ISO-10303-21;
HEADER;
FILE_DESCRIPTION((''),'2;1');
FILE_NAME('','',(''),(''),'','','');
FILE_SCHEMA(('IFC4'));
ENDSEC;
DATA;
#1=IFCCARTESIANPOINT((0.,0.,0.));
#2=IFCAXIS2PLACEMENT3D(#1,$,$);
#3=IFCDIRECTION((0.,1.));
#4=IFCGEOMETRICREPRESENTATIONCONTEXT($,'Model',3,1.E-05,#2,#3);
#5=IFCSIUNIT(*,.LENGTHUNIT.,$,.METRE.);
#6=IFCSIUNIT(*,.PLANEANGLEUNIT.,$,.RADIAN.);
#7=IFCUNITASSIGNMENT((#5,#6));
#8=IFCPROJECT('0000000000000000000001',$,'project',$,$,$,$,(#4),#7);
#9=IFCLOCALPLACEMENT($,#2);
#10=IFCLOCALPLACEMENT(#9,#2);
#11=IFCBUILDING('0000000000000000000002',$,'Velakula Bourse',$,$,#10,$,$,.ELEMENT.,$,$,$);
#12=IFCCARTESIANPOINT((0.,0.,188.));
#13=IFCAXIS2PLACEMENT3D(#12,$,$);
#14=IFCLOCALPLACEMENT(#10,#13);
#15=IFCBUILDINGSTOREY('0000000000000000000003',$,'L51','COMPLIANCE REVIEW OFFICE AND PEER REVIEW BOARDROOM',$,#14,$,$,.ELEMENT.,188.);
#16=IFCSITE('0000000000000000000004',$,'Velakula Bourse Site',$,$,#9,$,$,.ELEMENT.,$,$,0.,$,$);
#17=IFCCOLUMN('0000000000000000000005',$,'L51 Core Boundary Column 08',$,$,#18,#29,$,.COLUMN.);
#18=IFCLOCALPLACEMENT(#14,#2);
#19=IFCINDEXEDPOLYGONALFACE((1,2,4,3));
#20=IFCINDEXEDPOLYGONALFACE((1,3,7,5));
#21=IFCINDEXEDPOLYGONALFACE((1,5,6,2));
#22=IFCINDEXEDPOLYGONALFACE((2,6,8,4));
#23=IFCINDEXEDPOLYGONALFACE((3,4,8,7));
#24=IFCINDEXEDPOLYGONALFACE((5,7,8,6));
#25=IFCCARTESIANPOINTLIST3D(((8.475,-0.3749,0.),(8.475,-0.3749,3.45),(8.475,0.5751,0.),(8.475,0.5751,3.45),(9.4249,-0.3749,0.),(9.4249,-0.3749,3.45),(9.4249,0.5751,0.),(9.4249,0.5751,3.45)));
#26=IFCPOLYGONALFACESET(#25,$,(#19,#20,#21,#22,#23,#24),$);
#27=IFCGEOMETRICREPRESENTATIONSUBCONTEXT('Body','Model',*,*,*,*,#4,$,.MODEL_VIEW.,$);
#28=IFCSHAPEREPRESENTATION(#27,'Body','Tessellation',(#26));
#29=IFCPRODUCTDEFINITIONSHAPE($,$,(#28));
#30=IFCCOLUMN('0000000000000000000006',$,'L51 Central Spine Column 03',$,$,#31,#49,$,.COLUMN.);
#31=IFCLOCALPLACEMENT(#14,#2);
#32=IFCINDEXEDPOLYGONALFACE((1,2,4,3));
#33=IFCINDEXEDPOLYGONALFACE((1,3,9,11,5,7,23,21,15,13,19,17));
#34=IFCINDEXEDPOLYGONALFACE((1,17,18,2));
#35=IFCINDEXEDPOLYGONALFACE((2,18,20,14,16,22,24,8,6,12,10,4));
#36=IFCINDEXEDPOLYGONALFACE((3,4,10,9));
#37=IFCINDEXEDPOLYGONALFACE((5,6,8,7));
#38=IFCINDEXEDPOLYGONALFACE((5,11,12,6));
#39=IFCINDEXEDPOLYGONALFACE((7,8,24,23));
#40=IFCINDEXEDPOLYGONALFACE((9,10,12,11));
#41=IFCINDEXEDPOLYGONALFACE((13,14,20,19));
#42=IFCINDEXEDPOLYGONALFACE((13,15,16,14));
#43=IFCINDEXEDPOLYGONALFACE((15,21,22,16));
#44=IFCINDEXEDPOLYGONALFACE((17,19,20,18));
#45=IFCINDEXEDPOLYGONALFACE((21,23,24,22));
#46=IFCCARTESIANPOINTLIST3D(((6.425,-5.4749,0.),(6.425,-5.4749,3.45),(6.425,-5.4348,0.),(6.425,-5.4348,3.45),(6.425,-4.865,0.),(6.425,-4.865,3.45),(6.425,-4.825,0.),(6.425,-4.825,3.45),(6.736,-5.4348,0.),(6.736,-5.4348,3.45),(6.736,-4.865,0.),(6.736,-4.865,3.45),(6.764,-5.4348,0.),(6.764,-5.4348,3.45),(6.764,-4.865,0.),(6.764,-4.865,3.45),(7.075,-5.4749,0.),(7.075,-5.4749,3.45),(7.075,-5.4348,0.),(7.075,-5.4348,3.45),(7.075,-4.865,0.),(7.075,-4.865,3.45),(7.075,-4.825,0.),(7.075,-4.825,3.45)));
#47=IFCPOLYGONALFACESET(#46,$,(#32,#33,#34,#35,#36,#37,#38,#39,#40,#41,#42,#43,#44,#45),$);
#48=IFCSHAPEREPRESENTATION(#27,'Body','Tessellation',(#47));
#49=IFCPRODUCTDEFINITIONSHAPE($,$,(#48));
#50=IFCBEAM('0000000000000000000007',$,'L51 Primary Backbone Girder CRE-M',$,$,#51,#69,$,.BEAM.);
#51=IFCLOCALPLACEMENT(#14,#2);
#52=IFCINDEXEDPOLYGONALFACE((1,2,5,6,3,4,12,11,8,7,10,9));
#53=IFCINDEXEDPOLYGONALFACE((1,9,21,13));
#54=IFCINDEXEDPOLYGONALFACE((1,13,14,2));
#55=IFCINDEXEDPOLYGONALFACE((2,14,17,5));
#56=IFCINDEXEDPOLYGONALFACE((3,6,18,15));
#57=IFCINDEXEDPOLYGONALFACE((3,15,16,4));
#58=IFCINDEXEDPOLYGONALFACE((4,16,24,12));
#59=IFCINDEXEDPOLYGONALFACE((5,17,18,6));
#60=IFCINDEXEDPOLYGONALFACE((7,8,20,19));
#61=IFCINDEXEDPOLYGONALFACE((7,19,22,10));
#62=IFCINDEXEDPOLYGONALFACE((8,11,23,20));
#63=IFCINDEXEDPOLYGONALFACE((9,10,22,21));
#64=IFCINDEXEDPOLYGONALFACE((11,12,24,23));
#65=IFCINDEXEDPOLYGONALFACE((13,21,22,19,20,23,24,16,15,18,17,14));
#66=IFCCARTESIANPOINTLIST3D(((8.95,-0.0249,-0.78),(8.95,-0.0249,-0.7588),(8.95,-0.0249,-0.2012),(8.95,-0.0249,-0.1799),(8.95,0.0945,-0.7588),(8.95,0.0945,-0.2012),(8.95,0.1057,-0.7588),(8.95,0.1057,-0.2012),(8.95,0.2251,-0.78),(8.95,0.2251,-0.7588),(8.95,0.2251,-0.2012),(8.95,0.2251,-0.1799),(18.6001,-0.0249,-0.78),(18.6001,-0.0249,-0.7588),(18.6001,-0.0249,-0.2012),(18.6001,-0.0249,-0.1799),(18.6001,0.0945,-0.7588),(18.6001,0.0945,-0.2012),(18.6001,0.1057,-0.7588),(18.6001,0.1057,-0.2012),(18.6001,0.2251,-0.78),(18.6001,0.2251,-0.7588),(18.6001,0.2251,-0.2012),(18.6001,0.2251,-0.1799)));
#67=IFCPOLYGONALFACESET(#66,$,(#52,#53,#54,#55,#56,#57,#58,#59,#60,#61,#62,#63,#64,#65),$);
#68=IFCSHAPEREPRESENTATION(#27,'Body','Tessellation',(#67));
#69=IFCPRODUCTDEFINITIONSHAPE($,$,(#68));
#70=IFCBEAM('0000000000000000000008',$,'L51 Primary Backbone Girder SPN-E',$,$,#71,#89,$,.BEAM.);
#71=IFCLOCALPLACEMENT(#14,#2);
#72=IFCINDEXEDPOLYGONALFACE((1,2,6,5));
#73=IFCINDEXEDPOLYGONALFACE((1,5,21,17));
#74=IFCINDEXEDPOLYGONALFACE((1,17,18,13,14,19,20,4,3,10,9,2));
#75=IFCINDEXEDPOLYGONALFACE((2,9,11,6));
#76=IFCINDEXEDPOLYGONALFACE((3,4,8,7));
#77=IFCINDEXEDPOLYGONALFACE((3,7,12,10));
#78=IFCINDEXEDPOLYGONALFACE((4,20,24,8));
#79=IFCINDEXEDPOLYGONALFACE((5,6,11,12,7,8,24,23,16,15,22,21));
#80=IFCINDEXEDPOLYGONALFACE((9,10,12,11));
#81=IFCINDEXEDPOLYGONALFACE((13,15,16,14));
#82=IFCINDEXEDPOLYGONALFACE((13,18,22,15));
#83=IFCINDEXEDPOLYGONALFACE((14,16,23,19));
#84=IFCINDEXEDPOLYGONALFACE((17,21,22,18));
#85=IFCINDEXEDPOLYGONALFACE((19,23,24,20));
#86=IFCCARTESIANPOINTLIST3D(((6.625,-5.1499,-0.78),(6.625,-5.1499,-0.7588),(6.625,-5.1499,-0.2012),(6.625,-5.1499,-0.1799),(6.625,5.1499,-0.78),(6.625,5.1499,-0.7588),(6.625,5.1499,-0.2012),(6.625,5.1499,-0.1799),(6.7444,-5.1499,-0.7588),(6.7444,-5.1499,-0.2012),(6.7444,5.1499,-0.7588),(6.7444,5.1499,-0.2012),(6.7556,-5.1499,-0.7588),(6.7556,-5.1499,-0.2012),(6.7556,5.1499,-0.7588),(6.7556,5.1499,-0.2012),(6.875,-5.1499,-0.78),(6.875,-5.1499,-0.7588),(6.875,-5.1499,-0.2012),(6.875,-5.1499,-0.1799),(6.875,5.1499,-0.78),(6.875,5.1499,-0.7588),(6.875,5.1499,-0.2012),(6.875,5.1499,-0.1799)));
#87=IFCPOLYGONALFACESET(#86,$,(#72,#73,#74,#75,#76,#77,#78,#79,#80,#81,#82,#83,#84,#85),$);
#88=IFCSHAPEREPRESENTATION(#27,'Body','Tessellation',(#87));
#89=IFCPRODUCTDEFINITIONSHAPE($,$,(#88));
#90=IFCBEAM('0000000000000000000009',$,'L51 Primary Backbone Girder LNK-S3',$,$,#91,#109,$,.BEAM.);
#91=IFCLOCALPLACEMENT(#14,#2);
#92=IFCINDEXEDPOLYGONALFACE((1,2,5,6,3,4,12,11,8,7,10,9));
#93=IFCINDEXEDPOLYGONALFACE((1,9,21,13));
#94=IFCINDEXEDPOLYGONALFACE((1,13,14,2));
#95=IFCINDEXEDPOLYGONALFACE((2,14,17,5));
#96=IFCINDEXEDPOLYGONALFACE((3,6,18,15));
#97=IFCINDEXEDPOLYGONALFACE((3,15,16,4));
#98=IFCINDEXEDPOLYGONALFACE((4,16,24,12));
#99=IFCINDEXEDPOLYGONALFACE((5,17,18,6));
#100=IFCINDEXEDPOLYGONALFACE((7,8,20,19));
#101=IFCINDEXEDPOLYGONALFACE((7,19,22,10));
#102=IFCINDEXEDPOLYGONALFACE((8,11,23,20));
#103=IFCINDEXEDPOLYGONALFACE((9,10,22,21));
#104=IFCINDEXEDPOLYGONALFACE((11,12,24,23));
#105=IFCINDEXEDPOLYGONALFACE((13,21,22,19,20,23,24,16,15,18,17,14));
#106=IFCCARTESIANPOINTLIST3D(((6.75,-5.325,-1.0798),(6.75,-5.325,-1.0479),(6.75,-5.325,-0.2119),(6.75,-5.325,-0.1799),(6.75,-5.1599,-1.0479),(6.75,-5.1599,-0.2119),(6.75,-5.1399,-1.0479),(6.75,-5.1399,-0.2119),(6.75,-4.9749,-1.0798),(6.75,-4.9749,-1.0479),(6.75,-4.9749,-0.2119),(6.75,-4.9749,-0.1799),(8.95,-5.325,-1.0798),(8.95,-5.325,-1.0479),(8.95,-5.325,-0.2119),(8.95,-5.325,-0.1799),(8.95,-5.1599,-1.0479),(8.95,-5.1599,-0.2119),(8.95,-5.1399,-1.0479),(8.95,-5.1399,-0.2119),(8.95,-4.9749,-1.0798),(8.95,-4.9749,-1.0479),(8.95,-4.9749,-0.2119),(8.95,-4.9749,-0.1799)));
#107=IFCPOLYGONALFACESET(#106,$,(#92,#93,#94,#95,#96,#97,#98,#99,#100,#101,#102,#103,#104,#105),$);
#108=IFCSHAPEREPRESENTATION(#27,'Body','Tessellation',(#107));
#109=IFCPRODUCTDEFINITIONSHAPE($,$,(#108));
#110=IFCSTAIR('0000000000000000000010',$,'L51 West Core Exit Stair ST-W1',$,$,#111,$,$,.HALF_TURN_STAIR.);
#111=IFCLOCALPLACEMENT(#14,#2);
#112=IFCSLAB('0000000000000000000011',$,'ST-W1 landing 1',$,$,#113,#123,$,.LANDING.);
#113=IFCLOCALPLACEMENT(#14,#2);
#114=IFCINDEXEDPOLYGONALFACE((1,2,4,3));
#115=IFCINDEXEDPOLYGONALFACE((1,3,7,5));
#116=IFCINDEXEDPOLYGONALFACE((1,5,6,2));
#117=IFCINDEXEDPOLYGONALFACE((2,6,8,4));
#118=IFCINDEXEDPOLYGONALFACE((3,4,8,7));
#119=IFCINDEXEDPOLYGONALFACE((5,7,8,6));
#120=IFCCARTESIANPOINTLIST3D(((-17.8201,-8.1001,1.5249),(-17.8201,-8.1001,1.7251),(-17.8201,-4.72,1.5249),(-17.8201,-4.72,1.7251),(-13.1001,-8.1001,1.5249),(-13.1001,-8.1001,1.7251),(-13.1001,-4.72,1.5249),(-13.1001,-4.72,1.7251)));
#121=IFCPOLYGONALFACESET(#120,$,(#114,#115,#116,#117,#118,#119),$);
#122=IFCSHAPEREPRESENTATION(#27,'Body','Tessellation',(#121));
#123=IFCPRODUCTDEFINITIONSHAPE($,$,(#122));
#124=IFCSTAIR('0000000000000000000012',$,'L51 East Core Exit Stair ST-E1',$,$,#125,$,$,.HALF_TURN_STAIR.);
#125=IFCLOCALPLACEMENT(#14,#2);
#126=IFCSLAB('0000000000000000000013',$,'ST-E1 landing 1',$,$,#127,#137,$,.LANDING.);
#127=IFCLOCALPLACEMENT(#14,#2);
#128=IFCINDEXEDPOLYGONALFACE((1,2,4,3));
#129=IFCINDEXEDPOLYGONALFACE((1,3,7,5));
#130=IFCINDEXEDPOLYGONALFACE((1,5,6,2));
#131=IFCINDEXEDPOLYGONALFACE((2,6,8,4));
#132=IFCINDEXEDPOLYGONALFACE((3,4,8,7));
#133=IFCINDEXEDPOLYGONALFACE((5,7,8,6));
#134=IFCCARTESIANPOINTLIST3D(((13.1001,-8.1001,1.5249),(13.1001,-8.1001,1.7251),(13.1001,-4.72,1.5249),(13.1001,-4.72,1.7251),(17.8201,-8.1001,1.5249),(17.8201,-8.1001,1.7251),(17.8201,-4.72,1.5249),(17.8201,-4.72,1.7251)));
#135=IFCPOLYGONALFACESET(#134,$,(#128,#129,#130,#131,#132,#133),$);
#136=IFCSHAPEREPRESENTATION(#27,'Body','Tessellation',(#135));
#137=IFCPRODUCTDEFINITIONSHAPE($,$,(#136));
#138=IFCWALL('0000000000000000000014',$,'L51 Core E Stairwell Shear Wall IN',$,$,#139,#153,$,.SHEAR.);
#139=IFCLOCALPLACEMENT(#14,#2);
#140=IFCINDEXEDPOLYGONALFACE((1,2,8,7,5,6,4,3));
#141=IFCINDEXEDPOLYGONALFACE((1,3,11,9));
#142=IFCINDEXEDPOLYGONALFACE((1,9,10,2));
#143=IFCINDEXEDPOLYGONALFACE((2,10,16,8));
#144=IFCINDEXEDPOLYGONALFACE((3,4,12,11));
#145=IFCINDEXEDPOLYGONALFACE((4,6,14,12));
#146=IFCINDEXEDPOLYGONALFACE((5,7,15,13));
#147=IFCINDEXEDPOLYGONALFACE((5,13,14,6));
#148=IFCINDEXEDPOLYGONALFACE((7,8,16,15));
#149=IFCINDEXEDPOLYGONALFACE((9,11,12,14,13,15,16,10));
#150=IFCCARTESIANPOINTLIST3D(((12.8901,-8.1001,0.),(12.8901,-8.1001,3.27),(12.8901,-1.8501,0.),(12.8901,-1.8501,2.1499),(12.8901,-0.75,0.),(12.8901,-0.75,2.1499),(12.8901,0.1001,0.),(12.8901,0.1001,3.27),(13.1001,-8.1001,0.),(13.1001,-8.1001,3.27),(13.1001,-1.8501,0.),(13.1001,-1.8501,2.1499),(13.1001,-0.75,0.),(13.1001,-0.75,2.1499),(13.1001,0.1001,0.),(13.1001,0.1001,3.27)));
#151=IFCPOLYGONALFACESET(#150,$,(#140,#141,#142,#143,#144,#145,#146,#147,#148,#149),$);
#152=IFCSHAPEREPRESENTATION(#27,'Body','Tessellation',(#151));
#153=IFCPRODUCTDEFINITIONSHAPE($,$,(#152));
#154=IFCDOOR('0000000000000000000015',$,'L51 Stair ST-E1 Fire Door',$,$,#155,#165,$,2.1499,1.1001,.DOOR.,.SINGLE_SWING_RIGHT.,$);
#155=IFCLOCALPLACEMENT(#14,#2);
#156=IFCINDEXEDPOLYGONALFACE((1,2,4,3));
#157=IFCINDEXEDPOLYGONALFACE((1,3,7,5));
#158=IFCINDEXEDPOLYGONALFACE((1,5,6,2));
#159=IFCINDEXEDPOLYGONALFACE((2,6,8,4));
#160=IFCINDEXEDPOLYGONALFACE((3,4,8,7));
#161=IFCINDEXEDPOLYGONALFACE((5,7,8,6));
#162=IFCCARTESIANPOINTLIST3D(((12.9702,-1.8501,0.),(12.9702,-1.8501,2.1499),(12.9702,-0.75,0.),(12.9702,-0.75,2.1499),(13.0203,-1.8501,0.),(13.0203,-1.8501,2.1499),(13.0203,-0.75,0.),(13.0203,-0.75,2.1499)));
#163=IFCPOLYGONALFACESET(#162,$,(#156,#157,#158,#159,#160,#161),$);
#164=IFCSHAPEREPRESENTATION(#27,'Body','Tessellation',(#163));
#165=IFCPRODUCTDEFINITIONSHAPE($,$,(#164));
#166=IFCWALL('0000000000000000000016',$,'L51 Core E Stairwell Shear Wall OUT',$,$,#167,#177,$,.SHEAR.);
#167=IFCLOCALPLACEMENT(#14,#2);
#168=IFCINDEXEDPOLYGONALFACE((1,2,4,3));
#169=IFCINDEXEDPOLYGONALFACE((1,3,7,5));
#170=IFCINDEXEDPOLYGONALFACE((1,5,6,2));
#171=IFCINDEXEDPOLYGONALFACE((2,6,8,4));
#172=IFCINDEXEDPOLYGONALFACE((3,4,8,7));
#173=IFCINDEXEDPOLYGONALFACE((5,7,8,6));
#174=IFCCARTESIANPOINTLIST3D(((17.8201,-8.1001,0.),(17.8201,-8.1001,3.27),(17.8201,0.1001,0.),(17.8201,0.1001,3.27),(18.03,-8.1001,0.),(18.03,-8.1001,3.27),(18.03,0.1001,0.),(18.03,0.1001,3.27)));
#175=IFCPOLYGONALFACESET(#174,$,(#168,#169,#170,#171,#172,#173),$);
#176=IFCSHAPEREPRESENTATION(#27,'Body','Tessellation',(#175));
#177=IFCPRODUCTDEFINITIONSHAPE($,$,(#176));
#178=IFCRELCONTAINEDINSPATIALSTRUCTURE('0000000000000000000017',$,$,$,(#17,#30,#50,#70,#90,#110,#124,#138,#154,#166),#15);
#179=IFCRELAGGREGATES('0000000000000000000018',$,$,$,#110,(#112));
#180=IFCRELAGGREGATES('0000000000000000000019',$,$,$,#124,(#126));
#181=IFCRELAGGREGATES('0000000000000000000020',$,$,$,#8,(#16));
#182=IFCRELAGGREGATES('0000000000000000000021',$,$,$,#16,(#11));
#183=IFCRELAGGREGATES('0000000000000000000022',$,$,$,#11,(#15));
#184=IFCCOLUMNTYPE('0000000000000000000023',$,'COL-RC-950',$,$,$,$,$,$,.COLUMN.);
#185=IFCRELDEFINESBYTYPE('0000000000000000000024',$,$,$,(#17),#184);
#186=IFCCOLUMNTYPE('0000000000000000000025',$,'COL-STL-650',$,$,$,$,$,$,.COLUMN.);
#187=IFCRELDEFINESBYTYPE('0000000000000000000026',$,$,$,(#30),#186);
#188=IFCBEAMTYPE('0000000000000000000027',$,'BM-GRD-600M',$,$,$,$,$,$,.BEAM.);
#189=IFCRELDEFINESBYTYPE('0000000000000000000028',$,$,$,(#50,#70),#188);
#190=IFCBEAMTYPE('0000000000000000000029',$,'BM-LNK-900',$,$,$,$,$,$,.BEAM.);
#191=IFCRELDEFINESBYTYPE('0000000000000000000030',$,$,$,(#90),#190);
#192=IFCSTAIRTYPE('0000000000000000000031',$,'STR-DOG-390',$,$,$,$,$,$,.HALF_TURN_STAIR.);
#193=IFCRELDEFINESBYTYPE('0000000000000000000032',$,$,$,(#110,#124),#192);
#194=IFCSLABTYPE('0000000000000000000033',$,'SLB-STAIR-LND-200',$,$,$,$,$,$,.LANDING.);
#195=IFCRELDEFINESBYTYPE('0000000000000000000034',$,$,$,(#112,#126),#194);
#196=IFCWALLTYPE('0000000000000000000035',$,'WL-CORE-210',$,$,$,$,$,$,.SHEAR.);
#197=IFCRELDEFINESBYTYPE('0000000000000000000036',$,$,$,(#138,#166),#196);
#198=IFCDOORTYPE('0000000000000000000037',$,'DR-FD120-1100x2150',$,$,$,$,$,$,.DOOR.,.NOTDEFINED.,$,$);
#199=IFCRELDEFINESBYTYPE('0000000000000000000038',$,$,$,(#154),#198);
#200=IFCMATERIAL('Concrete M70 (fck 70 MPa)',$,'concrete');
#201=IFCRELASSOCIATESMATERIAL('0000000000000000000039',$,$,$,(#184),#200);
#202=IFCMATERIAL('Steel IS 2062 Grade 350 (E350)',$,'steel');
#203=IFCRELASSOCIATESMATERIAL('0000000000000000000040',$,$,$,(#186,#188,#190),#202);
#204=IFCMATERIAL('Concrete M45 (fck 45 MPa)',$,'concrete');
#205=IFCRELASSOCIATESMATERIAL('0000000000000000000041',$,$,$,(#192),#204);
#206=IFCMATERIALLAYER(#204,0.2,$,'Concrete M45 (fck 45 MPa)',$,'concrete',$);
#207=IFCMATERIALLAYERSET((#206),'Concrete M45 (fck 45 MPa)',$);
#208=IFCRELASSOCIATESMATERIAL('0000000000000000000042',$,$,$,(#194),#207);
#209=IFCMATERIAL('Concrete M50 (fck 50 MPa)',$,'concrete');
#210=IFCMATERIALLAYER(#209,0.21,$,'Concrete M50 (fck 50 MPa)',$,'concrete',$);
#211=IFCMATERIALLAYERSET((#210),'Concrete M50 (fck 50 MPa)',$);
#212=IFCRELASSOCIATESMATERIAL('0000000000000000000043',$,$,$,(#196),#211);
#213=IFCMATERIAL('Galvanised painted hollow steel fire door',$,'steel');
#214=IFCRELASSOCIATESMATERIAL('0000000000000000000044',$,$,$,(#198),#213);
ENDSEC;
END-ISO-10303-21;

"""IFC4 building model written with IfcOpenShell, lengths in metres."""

from ifc_helpers import new_model, si_unit, direction, frame, frame_2d, origin, origin_2d, place, context, subcontext, project, spatial, polyline, rectangle, i_section, outline, extrude, material, layer, layer_set, material_profile, profile_set, type_object, element, fill, aggregate, save


model = new_model("IFC4")

# Units and contexts
model_context = context("Model", 3, precision=1e-05, world=origin(), true_north=direction((0.0, 1.0)))
body_context = subcontext(model_context, "Body", "Model", "MODEL_VIEW")
ifc_project = project(units=[si_unit("LENGTHUNIT", "METRE"), si_unit("PLANEANGLEUNIT", "RADIAN")], contexts=[model_context])

# Site, building, storey
site_placement = place(None, origin())
site = spatial("IfcSite", under=ifc_project, at=site_placement, Name="Velakula Bourse Site", CompositionType="ELEMENT", RefElevation=0.0)
building_placement = place(site_placement, origin())
building = spatial("IfcBuilding", under=site, at=building_placement, Name="Velakula Bourse", CompositionType="ELEMENT")
storey_placement = place(building_placement, frame((0.0, 0.0, 188.0)))
storey = spatial("IfcBuildingStorey", under=building, at=storey_placement, Name="L51", Description="COMPLIANCE REVIEW OFFICE AND PEER REVIEW BOARDROOM", CompositionType="ELEMENT", Elevation=188.0)

# Columns
ifc_material_1 = material(Name="Concrete M70 (fck 70 MPa)", Category="concrete")
ifc_material_profile_1 = material_profile(ifc_material_1, rectangle(XDim=0.95, YDim=0.95, at=origin_2d()), Name="Concrete M70 (fck 70 MPa)")
ifc_profile_set_1 = profile_set([ifc_material_profile_1], Name="Concrete M70 (fck 70 MPa)")
column_type_1 = type_object("IfcColumnType", Name="COL-RC-950", PredefinedType="COLUMN", material=ifc_profile_set_1)
column_1_placement = place(storey_placement, frame((8.95, 0.1001, 0.0), z_axis=(0.0, 0.0, 1.0), x_axis=(1.0, 0.0, 0.0)))
element("IfcColumn", 1, at=column_1_placement, inside=storey, type_object=column_type_1, Name="L51 Core Boundary Column 08", PredefinedType="COLUMN", context=body_context, shape_type="SweptSolid", body=[
    extrude(rectangle(XDim=0.95, YDim=0.95, at=origin_2d()), origin(), (0.0, 0.0, 1.0), 3.45),
])
ifc_material_2 = material(Name="Steel IS 2062 Grade 350 (E350)", Category="steel")
ifc_material_profile_2 = material_profile(ifc_material_2, i_section(OverallWidth=0.6499, OverallDepth=0.6499, WebThickness=0.0281, FlangeThickness=0.04, at=origin_2d()), Name="Steel IS 2062 Grade 350 (E350)")
ifc_profile_set_2 = profile_set([ifc_material_profile_2], Name="Steel IS 2062 Grade 350 (E350)")
column_type_2 = type_object("IfcColumnType", Name="COL-STL-650", PredefinedType="COLUMN", material=ifc_profile_set_2)
column_2_placement = place(storey_placement, frame((6.75, -5.1499, 0.0), z_axis=(0.0, 0.0, 1.0), x_axis=(1.0, 0.0, 0.0)))
element("IfcColumn", 2, at=column_2_placement, inside=storey, type_object=column_type_2, Name="L51 Central Spine Column 03", PredefinedType="COLUMN", context=body_context, shape_type="SweptSolid", body=[
    extrude(i_section(OverallWidth=0.6499, OverallDepth=0.6499, WebThickness=0.0281, FlangeThickness=0.04, at=origin_2d()), origin(), (0.0, 0.0, 1.0), 3.45),
])

# Beams
ifc_material_profile_3 = material_profile(ifc_material_2, i_section(OverallWidth=0.25, OverallDepth=0.6001, WebThickness=0.0112, FlangeThickness=0.0212, at=origin_2d()), Name="Steel IS 2062 Grade 350 (E350)")
ifc_profile_set_3 = profile_set([ifc_material_profile_3], Name="Steel IS 2062 Grade 350 (E350)")
beam_type_1 = type_object("IfcBeamType", Name="BM-GRD-600M", PredefinedType="BEAM", material=ifc_profile_set_3)
beam_1_placement = place(storey_placement, frame((8.95, 0.1001, -0.48), z_axis=(1.0, 0.0, 0.0), x_axis=(0.0, 1.0, 0.0)))
element("IfcBeam", 3, at=beam_1_placement, inside=storey, type_object=beam_type_1, Name="L51 Primary Backbone Girder CRE-M", PredefinedType="BEAM", context=body_context, shape_type="SweptSolid", body=[
    extrude(i_section(OverallWidth=0.25, OverallDepth=0.6001, WebThickness=0.0112, FlangeThickness=0.0212, at=origin_2d()), origin(), (0.0, 0.0, 1.0), 9.6501),
])
beam_2_placement = place(storey_placement, frame((6.75, -5.1499, -0.48), z_axis=(0.0, 1.0, 0.0), x_axis=(-1.0, 0.0, 0.0)))
element("IfcBeam", 4, at=beam_2_placement, inside=storey, type_object=beam_type_1, Name="L51 Primary Backbone Girder SPN-E", PredefinedType="BEAM", context=body_context, shape_type="SweptSolid", body=[
    extrude(i_section(OverallWidth=0.25, OverallDepth=0.6001, WebThickness=0.0112, FlangeThickness=0.0212, at=origin_2d()), origin(), (0.0, 0.0, 1.0), 10.2998),
])
ifc_material_profile_4 = material_profile(ifc_material_2, i_section(OverallWidth=0.3501, OverallDepth=0.8999, WebThickness=0.02, FlangeThickness=0.032, at=origin_2d()), Name="Steel IS 2062 Grade 350 (E350)")
ifc_profile_set_4 = profile_set([ifc_material_profile_4], Name="Steel IS 2062 Grade 350 (E350)")
beam_type_2 = type_object("IfcBeamType", Name="BM-LNK-900", PredefinedType="BEAM", material=ifc_profile_set_4)
beam_3_placement = place(storey_placement, frame((6.75, -5.1499, -0.6299), z_axis=(1.0, 0.0, 0.0), x_axis=(0.0, 1.0, 0.0)))
element("IfcBeam", 5, at=beam_3_placement, inside=storey, type_object=beam_type_2, Name="L51 Primary Backbone Girder LNK-S3", PredefinedType="BEAM", context=body_context, shape_type="SweptSolid", body=[
    extrude(i_section(OverallWidth=0.3501, OverallDepth=0.8999, WebThickness=0.02, FlangeThickness=0.032, at=origin_2d()), origin(), (0.0, 0.0, 1.0), 2.2),
])

# Stairs, slabs
ifc_material_3 = material(Name="Concrete M45 (fck 45 MPa)", Category="concrete")
stair_type = type_object("IfcStairType", Name="STR-DOG-390", PredefinedType="HALF_TURN_STAIR", material=ifc_material_3)
stair_1_placement = place(storey_placement, origin())
stair_1 = element("IfcStair", 6, at=stair_1_placement, inside=storey, type_object=stair_type, Name="L51 West Core Exit Stair ST-W1", PredefinedType="HALF_TURN_STAIR")
ifc_layer_1 = layer(ifc_material_3, 0.2, Name="Concrete M45 (fck 45 MPa)", Category="concrete")
ifc_layer_set_1 = layer_set([ifc_layer_1], Name="Concrete M45 (fck 45 MPa)")
slab_type = type_object("IfcSlabType", Name="SLB-STAIR-LND-200", PredefinedType="LANDING", material=ifc_layer_set_1)
slab_1_placement = place(storey_placement, frame((0.0, 0.0, 1.5249)))
slab_1 = element("IfcSlab", 7, at=slab_1_placement, type_object=slab_type, Name="ST-W1 landing 1", PredefinedType="LANDING", context=body_context, shape_type="SweptSolid", body=[
    extrude(outline(polyline([(-17.8201, -4.72), (-17.8201, -8.1001), (-13.1001, -8.1001), (-13.1001, -4.72), (-17.8201, -4.72)])), origin(), (0.0, 0.0, 1.0), 0.2002),
])
aggregate(stair_1, [slab_1])
stair_2_placement = place(storey_placement, origin())
stair_2 = element("IfcStair", 8, at=stair_2_placement, inside=storey, type_object=stair_type, Name="L51 East Core Exit Stair ST-E1", PredefinedType="HALF_TURN_STAIR")
slab_2_placement = place(storey_placement, frame((0.0, 0.0, 1.5249)))
slab_2 = element("IfcSlab", 9, at=slab_2_placement, type_object=slab_type, Name="ST-E1 landing 1", PredefinedType="LANDING", context=body_context, shape_type="SweptSolid", body=[
    extrude(outline(polyline([(13.1001, -4.72), (13.1001, -8.1001), (17.8201, -8.1001), (17.8201, -4.72), (13.1001, -4.72)])), origin(), (0.0, 0.0, 1.0), 0.2002),
])

# Wall, opening, door
ifc_material_4 = material(Name="Concrete M50 (fck 50 MPa)", Category="concrete")
ifc_layer_2 = layer(ifc_material_4, 0.21, Name="Concrete M50 (fck 50 MPa)", Category="concrete")
ifc_layer_set_2 = layer_set([ifc_layer_2], Name="Concrete M50 (fck 50 MPa)")
wall_type_1 = type_object("IfcWallType", Name="WL-CORE-210", PredefinedType="SHEAR", material=ifc_layer_set_2)
wall_1_placement = place(storey_placement, frame((12.9951, -8.1001, 0.0), z_axis=(0.0, 0.0, 1.0), x_axis=(0.0, 1.0, 0.0)))
wall_1 = element("IfcWall", 10, at=wall_1_placement, inside=storey, type_object=wall_type_1, Name="L51 Core E Stairwell Shear Wall IN", PredefinedType="SHEAR", context=body_context, shape_type="SweptSolid", body=[
    extrude(rectangle(XDim=8.2002, YDim=0.21, at=frame_2d((4.1001, 0.0))), origin(), (0.0, 0.0, 1.0), 3.27),
])
opening_1_placement = place(wall_1_placement, frame((6.25, 0.0, 0.0)))
opening_1 = element("IfcOpeningElement", 11, at=opening_1_placement, cuts=wall_1, PredefinedType="OPENING", context=body_context, shape_type="SweptSolid", body=[
    extrude(rectangle(XDim=1.1001, YDim=2.1499, at=frame_2d((0.55, 1.075))), frame((0.0, 0.115, 0.0), z_axis=(0.0, -1.0, 0.0), x_axis=(1.0, 0.0, 0.0)), (0.0, 0.0, 1.0), 0.23),
])
ifc_material_5 = material(Name="Galvanised painted hollow steel fire door", Category="steel")
door_type_1 = type_object("IfcDoorType", Name="DR-FD120-1100x2150", OperationType="NOTDEFINED", PredefinedType="DOOR", material=ifc_material_5)
door_1_placement = place(opening_1_placement, origin())
door_1 = element("IfcDoor", 12, at=door_1_placement, inside=storey, type_object=door_type_1, Name="L51 Stair ST-E1 Fire Door", OperationType="SINGLE_SWING_RIGHT", OverallHeight=2.1499, OverallWidth=1.1001, PredefinedType="DOOR", context=body_context, shape_type="SweptSolid", body=[
    extrude(rectangle(XDim=1.1001, YDim=2.1499, at=frame_2d((0.55, 1.075))), frame((0.0, 0.0249, 0.0), z_axis=(0.0, -1.0, 0.0), x_axis=(1.0, 0.0, 0.0)), (0.0, 0.0, 1.0), 0.05),
])
fill(opening_1, door_1)

# Wall
wall_2_placement = place(storey_placement, frame((17.925, -8.1001, 0.0), z_axis=(0.0, 0.0, 1.0), x_axis=(0.0, 1.0, 0.0)))
element("IfcWall", 13, at=wall_2_placement, inside=storey, type_object=wall_type_1, Name="L51 Core E Stairwell Shear Wall OUT", PredefinedType="SHEAR", context=body_context, shape_type="SweptSolid", body=[
    extrude(rectangle(XDim=8.2002, YDim=0.21, at=frame_2d((4.1001, 0.0))), origin(), (0.0, 0.0, 1.0), 3.27),
])

aggregate(stair_2, [slab_2])

save(model, "model.ifc")
